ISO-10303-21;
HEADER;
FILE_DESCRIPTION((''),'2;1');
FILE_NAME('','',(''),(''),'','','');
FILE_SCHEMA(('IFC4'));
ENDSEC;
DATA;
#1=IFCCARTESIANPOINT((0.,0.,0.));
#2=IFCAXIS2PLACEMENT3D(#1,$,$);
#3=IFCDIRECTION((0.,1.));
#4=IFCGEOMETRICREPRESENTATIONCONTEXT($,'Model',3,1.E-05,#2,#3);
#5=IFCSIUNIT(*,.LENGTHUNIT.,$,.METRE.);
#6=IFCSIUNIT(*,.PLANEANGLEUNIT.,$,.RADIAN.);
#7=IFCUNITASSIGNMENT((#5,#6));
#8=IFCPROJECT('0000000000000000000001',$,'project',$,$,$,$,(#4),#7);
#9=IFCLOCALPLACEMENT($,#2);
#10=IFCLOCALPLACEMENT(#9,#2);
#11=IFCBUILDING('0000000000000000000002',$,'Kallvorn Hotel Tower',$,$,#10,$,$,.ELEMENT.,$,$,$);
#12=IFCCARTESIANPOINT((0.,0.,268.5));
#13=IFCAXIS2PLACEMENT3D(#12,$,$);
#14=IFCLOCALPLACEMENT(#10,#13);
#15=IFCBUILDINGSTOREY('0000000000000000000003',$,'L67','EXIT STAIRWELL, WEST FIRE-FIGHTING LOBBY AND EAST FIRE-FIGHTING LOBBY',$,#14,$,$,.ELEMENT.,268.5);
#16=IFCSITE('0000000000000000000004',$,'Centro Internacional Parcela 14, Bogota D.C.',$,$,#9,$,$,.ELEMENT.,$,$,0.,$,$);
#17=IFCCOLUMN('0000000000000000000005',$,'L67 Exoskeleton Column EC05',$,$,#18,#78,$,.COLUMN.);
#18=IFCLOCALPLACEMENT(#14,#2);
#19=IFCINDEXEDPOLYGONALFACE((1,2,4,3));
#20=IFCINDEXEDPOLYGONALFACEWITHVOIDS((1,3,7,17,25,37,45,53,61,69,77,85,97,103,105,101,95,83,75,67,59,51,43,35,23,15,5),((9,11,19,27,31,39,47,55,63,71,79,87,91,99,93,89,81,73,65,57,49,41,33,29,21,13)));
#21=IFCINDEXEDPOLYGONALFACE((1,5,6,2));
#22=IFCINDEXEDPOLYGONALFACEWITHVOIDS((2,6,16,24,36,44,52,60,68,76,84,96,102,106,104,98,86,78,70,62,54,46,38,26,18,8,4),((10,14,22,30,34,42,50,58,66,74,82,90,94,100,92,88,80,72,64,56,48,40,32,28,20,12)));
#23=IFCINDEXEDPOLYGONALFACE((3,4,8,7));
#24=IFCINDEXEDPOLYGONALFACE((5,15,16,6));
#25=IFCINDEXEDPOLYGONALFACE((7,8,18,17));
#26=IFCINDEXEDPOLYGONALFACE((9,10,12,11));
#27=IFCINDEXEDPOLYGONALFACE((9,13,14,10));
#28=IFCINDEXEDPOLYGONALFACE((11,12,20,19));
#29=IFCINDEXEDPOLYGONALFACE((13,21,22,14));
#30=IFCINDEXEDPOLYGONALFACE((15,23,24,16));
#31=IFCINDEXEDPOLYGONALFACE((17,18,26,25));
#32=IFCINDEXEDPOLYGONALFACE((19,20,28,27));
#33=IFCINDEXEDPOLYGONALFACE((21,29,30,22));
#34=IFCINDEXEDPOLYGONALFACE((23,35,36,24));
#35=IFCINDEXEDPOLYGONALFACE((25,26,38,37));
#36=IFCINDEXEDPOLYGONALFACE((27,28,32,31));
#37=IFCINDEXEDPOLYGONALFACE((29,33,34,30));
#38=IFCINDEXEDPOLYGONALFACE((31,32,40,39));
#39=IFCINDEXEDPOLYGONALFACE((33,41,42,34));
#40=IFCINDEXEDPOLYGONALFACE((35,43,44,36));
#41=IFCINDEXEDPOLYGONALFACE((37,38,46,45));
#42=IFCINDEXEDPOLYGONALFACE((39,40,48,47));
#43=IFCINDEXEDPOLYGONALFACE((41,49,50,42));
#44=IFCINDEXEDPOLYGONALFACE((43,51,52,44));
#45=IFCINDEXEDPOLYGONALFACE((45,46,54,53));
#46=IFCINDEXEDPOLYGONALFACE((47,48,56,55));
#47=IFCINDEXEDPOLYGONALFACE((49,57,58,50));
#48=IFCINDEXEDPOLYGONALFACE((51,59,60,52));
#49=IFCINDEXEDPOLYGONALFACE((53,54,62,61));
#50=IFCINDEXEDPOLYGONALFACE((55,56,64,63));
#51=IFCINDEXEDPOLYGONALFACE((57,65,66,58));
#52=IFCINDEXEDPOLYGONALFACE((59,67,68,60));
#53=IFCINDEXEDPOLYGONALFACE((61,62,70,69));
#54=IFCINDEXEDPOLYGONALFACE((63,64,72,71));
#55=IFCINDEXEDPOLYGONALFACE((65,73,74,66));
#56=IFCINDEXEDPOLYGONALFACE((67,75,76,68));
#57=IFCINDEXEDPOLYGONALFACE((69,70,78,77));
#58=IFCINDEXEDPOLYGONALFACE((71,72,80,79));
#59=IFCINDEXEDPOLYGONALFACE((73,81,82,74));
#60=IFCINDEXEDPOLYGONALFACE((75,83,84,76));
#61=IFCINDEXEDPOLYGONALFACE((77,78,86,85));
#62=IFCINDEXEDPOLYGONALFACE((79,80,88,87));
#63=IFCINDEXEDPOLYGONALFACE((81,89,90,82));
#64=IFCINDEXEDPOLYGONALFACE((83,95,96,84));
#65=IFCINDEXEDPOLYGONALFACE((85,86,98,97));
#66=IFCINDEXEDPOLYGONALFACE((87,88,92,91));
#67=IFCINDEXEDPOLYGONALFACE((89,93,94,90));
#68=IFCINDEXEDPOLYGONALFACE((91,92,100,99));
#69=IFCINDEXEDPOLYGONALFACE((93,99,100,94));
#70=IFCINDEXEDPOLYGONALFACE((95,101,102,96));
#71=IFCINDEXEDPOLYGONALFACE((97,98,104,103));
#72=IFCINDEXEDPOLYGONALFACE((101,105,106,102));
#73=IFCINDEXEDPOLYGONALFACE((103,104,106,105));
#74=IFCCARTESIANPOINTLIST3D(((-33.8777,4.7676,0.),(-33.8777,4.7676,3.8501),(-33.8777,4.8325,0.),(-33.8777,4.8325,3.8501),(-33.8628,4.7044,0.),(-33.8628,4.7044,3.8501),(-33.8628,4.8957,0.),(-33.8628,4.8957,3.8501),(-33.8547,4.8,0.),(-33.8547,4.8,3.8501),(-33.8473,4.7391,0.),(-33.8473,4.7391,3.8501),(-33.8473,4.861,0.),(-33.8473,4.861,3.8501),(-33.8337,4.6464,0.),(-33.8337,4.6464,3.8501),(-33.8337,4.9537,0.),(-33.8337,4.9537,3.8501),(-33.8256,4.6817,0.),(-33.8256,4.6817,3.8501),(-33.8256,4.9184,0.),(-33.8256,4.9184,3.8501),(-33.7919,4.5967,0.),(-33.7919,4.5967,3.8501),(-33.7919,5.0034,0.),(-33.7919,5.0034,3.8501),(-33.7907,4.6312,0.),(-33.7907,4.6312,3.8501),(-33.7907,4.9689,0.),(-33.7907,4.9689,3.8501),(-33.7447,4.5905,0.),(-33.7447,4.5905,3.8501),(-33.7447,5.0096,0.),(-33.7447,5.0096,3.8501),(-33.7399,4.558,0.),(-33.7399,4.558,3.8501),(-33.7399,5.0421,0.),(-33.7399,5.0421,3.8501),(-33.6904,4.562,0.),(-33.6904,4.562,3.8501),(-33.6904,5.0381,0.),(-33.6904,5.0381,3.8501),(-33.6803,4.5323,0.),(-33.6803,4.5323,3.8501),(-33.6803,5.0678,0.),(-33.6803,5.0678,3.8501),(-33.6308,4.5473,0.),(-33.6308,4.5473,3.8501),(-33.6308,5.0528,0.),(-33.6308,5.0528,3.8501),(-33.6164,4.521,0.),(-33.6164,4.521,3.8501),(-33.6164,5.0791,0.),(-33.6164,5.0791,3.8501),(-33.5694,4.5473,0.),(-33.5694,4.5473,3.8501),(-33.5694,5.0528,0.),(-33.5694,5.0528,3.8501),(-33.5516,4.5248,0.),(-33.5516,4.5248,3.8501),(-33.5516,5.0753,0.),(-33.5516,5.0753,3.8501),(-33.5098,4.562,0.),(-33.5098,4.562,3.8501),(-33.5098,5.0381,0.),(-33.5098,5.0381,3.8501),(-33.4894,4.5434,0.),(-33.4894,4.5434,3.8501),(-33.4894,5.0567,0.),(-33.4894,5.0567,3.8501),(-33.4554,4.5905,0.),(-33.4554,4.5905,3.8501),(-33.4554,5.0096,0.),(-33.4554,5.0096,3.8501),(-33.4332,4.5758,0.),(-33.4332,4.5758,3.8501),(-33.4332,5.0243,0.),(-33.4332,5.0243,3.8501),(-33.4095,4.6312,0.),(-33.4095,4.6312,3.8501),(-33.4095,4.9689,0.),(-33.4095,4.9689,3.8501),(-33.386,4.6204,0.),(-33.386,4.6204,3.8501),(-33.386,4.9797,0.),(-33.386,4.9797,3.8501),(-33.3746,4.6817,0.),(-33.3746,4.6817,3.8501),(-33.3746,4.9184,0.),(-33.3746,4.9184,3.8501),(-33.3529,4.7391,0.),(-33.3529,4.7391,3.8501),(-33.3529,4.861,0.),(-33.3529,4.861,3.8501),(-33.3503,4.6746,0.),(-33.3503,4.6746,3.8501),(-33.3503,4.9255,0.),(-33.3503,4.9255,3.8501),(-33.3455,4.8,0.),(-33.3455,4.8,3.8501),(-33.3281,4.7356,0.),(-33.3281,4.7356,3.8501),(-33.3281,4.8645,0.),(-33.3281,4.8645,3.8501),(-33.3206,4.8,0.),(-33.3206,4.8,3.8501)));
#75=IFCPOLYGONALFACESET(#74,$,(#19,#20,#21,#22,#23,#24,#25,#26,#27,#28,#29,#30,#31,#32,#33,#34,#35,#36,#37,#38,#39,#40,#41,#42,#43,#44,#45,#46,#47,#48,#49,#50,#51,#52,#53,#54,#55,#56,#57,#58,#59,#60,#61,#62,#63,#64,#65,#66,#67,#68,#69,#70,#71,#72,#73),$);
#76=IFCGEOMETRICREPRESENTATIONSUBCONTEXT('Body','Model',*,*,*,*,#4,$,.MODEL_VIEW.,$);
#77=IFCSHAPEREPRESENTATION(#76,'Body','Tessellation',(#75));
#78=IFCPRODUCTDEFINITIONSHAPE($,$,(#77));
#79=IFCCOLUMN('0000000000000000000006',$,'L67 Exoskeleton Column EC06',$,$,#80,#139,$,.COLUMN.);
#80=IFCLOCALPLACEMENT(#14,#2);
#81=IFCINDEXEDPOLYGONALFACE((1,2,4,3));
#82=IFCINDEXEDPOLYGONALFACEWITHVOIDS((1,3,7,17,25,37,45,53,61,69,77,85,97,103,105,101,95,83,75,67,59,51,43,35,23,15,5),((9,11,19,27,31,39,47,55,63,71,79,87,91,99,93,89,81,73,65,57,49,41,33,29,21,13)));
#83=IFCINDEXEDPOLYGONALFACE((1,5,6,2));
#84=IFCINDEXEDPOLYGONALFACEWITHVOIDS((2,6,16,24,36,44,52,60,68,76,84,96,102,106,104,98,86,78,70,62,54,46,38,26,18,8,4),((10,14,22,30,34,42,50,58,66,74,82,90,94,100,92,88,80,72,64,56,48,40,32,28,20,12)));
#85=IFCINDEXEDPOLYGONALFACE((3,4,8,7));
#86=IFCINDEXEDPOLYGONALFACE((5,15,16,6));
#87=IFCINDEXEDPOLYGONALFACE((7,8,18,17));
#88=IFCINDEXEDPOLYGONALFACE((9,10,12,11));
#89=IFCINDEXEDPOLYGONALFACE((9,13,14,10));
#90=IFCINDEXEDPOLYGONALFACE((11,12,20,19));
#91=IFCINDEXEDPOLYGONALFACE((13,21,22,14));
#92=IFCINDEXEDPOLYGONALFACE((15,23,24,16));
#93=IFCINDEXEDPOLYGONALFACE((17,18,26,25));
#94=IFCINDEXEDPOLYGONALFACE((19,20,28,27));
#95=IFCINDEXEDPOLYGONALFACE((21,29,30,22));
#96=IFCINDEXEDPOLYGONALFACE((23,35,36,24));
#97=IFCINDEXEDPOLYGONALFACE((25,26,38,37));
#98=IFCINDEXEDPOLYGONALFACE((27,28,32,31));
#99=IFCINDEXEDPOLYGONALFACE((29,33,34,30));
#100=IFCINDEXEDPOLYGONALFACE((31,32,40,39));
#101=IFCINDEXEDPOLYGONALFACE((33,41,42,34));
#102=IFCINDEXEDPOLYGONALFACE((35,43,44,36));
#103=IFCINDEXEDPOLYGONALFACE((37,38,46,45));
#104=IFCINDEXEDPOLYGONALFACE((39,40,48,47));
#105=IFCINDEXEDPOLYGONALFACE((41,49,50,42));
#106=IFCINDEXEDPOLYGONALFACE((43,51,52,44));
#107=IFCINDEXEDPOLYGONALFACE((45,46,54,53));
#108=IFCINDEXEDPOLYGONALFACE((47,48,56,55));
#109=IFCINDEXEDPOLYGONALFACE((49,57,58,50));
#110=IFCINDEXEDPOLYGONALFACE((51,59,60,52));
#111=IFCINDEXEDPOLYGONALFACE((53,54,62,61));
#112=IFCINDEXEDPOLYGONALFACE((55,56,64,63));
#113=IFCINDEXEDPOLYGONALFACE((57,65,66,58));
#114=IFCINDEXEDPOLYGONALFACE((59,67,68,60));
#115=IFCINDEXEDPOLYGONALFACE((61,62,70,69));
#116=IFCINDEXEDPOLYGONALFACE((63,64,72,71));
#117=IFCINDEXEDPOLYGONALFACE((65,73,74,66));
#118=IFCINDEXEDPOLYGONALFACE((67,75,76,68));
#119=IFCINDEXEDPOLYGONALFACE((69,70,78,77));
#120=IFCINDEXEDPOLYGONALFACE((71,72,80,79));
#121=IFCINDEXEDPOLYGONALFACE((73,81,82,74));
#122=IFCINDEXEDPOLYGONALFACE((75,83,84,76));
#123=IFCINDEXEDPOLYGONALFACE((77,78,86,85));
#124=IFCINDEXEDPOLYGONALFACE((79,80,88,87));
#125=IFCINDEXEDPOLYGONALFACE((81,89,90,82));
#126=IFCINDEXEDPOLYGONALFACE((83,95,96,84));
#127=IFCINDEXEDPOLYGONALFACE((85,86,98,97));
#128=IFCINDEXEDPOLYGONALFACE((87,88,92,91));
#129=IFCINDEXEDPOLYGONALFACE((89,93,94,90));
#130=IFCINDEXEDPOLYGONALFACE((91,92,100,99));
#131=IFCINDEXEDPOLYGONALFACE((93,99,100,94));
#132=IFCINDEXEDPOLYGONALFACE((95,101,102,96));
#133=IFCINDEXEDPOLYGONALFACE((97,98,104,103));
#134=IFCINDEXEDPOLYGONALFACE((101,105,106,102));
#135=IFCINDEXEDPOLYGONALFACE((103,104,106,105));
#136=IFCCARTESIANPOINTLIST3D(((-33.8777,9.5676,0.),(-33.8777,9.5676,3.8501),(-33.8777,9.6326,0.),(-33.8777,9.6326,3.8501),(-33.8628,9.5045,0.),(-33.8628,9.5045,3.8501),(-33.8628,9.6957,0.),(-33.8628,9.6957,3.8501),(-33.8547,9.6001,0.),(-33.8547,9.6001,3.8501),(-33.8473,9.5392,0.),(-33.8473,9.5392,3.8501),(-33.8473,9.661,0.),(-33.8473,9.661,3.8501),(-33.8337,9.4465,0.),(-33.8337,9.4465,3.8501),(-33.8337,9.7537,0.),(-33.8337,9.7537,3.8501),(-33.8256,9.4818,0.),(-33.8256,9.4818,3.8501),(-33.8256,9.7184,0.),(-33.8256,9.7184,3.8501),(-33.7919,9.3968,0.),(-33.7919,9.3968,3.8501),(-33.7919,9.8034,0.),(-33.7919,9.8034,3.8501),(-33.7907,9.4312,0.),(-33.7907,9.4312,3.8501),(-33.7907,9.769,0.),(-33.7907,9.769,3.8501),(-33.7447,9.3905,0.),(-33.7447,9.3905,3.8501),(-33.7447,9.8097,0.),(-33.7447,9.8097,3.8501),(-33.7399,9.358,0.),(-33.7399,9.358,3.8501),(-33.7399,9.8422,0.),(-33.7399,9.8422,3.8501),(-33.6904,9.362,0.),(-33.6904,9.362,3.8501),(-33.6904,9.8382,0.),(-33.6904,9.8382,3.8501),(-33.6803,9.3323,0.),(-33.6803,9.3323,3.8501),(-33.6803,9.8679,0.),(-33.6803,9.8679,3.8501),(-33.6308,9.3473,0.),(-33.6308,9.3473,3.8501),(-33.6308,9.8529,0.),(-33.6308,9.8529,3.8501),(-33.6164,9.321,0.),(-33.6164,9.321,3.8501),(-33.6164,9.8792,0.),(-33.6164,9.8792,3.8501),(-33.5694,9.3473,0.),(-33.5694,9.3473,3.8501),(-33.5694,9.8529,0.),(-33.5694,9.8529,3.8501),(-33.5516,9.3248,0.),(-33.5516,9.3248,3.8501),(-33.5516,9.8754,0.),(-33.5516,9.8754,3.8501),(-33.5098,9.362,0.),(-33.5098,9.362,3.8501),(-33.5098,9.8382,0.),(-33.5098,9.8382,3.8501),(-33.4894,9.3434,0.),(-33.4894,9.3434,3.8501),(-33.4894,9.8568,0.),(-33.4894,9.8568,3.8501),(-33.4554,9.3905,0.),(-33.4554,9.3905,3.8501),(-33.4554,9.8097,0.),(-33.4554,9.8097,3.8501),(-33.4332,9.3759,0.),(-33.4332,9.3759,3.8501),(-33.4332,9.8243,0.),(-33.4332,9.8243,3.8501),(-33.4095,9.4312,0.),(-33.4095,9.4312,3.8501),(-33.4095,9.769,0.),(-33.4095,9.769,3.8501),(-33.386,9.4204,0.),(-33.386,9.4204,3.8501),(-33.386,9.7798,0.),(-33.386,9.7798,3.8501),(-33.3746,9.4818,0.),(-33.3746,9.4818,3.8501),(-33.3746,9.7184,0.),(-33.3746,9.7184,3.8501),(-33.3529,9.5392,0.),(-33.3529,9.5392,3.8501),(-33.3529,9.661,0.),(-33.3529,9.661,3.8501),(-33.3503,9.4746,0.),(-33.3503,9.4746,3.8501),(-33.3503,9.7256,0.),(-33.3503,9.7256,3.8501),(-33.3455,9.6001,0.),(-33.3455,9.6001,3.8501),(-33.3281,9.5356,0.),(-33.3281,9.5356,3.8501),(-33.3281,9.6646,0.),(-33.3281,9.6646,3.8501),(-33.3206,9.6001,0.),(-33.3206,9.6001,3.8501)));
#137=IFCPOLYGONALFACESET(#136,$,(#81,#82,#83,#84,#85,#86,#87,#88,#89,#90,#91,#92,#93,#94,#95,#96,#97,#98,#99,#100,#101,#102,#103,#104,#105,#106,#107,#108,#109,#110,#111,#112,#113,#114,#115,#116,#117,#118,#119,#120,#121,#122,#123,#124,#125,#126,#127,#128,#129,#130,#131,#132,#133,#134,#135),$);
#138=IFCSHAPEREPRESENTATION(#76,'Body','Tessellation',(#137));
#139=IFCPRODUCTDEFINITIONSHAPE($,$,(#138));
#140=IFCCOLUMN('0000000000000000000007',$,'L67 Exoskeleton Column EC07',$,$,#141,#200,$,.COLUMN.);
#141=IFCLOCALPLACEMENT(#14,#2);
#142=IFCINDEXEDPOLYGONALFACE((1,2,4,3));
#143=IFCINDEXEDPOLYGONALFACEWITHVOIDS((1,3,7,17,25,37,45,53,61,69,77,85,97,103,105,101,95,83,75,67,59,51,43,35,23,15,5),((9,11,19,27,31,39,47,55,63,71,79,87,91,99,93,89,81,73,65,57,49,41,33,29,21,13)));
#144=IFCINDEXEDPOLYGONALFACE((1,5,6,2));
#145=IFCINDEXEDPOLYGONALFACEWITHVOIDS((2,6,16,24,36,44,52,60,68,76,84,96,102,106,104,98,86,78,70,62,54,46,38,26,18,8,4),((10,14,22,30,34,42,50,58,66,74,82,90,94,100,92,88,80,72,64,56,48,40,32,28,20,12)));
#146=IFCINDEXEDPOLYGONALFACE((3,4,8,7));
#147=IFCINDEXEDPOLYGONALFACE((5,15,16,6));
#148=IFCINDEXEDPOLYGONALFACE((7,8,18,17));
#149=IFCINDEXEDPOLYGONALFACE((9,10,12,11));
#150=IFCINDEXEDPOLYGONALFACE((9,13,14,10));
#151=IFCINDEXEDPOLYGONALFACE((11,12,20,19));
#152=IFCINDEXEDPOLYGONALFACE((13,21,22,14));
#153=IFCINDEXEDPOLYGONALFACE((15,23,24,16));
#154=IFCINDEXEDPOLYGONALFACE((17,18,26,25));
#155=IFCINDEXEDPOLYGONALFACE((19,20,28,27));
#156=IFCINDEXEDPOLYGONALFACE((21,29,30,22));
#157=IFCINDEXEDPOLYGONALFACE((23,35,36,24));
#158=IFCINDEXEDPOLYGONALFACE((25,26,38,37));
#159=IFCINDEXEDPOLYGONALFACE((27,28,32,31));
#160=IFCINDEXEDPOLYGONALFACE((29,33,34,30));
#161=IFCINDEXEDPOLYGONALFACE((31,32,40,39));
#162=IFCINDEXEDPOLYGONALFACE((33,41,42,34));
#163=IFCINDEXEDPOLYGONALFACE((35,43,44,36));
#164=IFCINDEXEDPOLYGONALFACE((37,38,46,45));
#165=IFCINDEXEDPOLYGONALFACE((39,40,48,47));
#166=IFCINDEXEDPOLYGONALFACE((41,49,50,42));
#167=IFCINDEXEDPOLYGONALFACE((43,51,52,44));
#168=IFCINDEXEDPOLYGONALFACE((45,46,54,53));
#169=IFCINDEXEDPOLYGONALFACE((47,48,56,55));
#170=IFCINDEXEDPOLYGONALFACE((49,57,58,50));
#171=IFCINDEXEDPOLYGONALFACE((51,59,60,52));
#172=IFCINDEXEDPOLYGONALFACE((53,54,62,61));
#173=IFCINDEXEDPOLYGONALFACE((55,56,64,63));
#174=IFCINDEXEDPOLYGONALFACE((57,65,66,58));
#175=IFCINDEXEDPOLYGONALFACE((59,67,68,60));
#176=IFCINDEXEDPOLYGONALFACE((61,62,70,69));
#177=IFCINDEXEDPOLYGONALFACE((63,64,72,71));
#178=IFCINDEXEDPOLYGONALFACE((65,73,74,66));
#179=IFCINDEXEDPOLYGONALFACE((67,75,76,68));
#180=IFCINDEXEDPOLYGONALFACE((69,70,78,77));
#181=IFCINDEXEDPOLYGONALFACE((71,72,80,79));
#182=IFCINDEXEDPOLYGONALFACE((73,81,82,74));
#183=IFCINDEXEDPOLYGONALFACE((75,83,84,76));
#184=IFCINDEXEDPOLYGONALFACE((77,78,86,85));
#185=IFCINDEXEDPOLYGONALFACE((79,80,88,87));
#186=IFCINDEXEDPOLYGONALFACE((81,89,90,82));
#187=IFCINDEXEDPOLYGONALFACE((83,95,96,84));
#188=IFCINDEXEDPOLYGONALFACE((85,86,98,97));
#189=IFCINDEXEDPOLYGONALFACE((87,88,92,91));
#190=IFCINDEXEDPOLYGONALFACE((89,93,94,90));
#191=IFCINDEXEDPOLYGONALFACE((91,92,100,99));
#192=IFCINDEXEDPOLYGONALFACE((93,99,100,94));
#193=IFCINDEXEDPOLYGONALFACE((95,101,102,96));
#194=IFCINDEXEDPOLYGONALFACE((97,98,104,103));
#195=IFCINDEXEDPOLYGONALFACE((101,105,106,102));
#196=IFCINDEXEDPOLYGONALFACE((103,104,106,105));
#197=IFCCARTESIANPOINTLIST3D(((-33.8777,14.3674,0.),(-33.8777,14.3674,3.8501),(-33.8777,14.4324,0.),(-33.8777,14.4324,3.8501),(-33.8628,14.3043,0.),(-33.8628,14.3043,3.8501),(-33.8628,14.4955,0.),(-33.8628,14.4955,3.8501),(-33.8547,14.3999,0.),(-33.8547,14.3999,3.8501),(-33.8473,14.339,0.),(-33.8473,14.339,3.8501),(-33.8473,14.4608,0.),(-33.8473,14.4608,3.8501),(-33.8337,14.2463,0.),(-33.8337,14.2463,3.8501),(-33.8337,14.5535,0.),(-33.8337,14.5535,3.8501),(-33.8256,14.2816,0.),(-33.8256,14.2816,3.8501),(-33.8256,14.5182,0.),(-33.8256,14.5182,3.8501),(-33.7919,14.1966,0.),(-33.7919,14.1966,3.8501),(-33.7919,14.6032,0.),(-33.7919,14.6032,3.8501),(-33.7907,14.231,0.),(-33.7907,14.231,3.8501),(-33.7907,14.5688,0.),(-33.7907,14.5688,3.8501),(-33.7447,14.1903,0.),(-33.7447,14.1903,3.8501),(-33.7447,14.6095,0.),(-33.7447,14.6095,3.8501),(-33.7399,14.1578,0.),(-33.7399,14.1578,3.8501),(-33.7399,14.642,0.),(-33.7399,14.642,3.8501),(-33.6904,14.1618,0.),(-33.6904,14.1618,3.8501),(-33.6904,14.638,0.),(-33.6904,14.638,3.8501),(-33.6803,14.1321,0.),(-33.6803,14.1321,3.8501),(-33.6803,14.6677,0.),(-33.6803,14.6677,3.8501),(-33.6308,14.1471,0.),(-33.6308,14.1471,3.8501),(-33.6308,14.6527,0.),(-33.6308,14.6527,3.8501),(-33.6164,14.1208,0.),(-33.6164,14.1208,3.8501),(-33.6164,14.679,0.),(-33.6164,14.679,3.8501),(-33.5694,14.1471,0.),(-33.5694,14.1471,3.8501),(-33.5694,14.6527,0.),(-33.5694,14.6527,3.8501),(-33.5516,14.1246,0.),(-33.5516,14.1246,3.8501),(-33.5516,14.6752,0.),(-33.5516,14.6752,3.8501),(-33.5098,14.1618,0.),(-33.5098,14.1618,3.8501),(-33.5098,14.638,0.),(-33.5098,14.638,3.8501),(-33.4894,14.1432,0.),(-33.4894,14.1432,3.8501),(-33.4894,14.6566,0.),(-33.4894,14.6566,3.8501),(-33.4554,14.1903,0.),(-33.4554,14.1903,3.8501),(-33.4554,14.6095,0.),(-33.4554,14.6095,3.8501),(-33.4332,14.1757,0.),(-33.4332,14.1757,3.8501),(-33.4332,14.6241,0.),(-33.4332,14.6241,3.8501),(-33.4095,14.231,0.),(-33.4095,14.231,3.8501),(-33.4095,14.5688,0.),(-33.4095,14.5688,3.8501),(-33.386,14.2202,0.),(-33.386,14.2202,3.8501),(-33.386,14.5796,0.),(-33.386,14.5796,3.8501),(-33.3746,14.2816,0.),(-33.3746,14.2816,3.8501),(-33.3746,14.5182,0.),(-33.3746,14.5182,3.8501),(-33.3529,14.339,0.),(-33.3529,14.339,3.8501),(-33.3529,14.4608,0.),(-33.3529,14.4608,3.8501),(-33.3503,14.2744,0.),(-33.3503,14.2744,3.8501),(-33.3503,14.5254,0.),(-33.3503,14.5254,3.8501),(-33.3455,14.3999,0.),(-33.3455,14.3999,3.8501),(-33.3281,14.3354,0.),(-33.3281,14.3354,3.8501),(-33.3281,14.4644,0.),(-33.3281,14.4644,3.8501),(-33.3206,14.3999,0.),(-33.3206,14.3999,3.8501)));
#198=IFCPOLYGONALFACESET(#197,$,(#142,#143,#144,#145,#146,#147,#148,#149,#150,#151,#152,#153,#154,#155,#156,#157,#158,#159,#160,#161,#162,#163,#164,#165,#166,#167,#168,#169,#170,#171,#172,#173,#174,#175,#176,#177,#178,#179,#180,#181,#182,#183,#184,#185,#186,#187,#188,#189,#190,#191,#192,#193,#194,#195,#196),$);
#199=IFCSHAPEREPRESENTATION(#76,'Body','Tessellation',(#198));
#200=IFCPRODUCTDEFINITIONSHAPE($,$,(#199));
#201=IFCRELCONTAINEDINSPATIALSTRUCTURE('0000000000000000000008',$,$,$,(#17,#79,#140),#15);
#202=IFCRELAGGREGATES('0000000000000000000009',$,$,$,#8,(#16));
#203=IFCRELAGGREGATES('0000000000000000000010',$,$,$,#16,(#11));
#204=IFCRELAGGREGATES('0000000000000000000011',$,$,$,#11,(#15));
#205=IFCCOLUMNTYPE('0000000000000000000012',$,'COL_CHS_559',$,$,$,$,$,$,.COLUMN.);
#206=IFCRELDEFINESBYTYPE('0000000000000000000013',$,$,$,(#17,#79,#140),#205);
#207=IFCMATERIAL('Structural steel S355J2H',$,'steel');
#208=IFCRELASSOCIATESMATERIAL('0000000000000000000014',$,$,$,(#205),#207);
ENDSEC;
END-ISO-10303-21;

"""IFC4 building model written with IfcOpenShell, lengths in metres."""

from ifc_helpers import new_model, si_unit, direction, frame, origin, origin_2d, place, context, subcontext, project, spatial, hollow_circle, extrude, material, material_profile, profile_set, type_object, element, save


model = new_model("IFC4")

# Units and contexts
model_context = context("Model", 3, precision=1e-05, world=origin(), true_north=direction((0.0, 1.0)))
body_context = subcontext(model_context, "Body", "Model", "MODEL_VIEW")
ifc_project = project(units=[si_unit("LENGTHUNIT", "METRE"), si_unit("PLANEANGLEUNIT", "RADIAN")], contexts=[model_context])

# Site, building, storey
site_placement = place(None, origin())
site = spatial("IfcSite", under=ifc_project, at=site_placement, Name="Centro Internacional Parcela 14, Bogota D.C.", CompositionType="ELEMENT", RefElevation=0.0)
building_placement = place(site_placement, origin())
building = spatial("IfcBuilding", under=site, at=building_placement, Name="Kallvorn Hotel Tower", CompositionType="ELEMENT")
storey_placement = place(building_placement, frame((0.0, 0.0, 268.5)))
storey = spatial("IfcBuildingStorey", under=building, at=storey_placement, Name="L67", Description="EXIT STAIRWELL, WEST FIRE-FIGHTING LOBBY AND EAST FIRE-FIGHTING LOBBY", CompositionType="ELEMENT", Elevation=268.5)

# Columns
ifc_material_1 = material(Name="Structural steel S355J2H", Category="steel")
ifc_material_profile_1 = material_profile(ifc_material_1, hollow_circle(Radius=0.2795, WallThickness=0.0249, at=origin_2d()), Name="CHS 559x25")
ifc_profile_set_1 = profile_set([ifc_material_profile_1], Name="Structural steel S355J2H")
column_type_1 = type_object("IfcColumnType", Name="COL_CHS_559", PredefinedType="COLUMN", material=ifc_profile_set_1)
for number, where, z_axis, x_axis, name in (
    (1, (-33.6001, 4.8, 0.0), (0.0, 0.0, 1.0), (1.0, 0.0, 0.0), "L67 Exoskeleton Column EC05"),
    (2, (-33.6001, 9.6001, 0.0), (0.0, 0.0, 1.0), (1.0, 0.0, 0.0), "L67 Exoskeleton Column EC06"),
    (3, (-33.6001, 14.3999, 0.0), (0.0, 0.0, 1.0), (1.0, 0.0, 0.0), "L67 Exoskeleton Column EC07"),
):
    element("IfcColumn", number, at=place(storey_placement, frame(where, z_axis=z_axis, x_axis=x_axis)), inside=storey, type_object=column_type_1, Name=name, PredefinedType="COLUMN", context=body_context, shape_type="SweptSolid", body=[
        extrude(hollow_circle(Radius=0.2795, WallThickness=0.0249, at=origin_2d()), origin(), (0.0, 0.0, 1.0), 3.8501),
    ])

save(model, "model.ifc")
